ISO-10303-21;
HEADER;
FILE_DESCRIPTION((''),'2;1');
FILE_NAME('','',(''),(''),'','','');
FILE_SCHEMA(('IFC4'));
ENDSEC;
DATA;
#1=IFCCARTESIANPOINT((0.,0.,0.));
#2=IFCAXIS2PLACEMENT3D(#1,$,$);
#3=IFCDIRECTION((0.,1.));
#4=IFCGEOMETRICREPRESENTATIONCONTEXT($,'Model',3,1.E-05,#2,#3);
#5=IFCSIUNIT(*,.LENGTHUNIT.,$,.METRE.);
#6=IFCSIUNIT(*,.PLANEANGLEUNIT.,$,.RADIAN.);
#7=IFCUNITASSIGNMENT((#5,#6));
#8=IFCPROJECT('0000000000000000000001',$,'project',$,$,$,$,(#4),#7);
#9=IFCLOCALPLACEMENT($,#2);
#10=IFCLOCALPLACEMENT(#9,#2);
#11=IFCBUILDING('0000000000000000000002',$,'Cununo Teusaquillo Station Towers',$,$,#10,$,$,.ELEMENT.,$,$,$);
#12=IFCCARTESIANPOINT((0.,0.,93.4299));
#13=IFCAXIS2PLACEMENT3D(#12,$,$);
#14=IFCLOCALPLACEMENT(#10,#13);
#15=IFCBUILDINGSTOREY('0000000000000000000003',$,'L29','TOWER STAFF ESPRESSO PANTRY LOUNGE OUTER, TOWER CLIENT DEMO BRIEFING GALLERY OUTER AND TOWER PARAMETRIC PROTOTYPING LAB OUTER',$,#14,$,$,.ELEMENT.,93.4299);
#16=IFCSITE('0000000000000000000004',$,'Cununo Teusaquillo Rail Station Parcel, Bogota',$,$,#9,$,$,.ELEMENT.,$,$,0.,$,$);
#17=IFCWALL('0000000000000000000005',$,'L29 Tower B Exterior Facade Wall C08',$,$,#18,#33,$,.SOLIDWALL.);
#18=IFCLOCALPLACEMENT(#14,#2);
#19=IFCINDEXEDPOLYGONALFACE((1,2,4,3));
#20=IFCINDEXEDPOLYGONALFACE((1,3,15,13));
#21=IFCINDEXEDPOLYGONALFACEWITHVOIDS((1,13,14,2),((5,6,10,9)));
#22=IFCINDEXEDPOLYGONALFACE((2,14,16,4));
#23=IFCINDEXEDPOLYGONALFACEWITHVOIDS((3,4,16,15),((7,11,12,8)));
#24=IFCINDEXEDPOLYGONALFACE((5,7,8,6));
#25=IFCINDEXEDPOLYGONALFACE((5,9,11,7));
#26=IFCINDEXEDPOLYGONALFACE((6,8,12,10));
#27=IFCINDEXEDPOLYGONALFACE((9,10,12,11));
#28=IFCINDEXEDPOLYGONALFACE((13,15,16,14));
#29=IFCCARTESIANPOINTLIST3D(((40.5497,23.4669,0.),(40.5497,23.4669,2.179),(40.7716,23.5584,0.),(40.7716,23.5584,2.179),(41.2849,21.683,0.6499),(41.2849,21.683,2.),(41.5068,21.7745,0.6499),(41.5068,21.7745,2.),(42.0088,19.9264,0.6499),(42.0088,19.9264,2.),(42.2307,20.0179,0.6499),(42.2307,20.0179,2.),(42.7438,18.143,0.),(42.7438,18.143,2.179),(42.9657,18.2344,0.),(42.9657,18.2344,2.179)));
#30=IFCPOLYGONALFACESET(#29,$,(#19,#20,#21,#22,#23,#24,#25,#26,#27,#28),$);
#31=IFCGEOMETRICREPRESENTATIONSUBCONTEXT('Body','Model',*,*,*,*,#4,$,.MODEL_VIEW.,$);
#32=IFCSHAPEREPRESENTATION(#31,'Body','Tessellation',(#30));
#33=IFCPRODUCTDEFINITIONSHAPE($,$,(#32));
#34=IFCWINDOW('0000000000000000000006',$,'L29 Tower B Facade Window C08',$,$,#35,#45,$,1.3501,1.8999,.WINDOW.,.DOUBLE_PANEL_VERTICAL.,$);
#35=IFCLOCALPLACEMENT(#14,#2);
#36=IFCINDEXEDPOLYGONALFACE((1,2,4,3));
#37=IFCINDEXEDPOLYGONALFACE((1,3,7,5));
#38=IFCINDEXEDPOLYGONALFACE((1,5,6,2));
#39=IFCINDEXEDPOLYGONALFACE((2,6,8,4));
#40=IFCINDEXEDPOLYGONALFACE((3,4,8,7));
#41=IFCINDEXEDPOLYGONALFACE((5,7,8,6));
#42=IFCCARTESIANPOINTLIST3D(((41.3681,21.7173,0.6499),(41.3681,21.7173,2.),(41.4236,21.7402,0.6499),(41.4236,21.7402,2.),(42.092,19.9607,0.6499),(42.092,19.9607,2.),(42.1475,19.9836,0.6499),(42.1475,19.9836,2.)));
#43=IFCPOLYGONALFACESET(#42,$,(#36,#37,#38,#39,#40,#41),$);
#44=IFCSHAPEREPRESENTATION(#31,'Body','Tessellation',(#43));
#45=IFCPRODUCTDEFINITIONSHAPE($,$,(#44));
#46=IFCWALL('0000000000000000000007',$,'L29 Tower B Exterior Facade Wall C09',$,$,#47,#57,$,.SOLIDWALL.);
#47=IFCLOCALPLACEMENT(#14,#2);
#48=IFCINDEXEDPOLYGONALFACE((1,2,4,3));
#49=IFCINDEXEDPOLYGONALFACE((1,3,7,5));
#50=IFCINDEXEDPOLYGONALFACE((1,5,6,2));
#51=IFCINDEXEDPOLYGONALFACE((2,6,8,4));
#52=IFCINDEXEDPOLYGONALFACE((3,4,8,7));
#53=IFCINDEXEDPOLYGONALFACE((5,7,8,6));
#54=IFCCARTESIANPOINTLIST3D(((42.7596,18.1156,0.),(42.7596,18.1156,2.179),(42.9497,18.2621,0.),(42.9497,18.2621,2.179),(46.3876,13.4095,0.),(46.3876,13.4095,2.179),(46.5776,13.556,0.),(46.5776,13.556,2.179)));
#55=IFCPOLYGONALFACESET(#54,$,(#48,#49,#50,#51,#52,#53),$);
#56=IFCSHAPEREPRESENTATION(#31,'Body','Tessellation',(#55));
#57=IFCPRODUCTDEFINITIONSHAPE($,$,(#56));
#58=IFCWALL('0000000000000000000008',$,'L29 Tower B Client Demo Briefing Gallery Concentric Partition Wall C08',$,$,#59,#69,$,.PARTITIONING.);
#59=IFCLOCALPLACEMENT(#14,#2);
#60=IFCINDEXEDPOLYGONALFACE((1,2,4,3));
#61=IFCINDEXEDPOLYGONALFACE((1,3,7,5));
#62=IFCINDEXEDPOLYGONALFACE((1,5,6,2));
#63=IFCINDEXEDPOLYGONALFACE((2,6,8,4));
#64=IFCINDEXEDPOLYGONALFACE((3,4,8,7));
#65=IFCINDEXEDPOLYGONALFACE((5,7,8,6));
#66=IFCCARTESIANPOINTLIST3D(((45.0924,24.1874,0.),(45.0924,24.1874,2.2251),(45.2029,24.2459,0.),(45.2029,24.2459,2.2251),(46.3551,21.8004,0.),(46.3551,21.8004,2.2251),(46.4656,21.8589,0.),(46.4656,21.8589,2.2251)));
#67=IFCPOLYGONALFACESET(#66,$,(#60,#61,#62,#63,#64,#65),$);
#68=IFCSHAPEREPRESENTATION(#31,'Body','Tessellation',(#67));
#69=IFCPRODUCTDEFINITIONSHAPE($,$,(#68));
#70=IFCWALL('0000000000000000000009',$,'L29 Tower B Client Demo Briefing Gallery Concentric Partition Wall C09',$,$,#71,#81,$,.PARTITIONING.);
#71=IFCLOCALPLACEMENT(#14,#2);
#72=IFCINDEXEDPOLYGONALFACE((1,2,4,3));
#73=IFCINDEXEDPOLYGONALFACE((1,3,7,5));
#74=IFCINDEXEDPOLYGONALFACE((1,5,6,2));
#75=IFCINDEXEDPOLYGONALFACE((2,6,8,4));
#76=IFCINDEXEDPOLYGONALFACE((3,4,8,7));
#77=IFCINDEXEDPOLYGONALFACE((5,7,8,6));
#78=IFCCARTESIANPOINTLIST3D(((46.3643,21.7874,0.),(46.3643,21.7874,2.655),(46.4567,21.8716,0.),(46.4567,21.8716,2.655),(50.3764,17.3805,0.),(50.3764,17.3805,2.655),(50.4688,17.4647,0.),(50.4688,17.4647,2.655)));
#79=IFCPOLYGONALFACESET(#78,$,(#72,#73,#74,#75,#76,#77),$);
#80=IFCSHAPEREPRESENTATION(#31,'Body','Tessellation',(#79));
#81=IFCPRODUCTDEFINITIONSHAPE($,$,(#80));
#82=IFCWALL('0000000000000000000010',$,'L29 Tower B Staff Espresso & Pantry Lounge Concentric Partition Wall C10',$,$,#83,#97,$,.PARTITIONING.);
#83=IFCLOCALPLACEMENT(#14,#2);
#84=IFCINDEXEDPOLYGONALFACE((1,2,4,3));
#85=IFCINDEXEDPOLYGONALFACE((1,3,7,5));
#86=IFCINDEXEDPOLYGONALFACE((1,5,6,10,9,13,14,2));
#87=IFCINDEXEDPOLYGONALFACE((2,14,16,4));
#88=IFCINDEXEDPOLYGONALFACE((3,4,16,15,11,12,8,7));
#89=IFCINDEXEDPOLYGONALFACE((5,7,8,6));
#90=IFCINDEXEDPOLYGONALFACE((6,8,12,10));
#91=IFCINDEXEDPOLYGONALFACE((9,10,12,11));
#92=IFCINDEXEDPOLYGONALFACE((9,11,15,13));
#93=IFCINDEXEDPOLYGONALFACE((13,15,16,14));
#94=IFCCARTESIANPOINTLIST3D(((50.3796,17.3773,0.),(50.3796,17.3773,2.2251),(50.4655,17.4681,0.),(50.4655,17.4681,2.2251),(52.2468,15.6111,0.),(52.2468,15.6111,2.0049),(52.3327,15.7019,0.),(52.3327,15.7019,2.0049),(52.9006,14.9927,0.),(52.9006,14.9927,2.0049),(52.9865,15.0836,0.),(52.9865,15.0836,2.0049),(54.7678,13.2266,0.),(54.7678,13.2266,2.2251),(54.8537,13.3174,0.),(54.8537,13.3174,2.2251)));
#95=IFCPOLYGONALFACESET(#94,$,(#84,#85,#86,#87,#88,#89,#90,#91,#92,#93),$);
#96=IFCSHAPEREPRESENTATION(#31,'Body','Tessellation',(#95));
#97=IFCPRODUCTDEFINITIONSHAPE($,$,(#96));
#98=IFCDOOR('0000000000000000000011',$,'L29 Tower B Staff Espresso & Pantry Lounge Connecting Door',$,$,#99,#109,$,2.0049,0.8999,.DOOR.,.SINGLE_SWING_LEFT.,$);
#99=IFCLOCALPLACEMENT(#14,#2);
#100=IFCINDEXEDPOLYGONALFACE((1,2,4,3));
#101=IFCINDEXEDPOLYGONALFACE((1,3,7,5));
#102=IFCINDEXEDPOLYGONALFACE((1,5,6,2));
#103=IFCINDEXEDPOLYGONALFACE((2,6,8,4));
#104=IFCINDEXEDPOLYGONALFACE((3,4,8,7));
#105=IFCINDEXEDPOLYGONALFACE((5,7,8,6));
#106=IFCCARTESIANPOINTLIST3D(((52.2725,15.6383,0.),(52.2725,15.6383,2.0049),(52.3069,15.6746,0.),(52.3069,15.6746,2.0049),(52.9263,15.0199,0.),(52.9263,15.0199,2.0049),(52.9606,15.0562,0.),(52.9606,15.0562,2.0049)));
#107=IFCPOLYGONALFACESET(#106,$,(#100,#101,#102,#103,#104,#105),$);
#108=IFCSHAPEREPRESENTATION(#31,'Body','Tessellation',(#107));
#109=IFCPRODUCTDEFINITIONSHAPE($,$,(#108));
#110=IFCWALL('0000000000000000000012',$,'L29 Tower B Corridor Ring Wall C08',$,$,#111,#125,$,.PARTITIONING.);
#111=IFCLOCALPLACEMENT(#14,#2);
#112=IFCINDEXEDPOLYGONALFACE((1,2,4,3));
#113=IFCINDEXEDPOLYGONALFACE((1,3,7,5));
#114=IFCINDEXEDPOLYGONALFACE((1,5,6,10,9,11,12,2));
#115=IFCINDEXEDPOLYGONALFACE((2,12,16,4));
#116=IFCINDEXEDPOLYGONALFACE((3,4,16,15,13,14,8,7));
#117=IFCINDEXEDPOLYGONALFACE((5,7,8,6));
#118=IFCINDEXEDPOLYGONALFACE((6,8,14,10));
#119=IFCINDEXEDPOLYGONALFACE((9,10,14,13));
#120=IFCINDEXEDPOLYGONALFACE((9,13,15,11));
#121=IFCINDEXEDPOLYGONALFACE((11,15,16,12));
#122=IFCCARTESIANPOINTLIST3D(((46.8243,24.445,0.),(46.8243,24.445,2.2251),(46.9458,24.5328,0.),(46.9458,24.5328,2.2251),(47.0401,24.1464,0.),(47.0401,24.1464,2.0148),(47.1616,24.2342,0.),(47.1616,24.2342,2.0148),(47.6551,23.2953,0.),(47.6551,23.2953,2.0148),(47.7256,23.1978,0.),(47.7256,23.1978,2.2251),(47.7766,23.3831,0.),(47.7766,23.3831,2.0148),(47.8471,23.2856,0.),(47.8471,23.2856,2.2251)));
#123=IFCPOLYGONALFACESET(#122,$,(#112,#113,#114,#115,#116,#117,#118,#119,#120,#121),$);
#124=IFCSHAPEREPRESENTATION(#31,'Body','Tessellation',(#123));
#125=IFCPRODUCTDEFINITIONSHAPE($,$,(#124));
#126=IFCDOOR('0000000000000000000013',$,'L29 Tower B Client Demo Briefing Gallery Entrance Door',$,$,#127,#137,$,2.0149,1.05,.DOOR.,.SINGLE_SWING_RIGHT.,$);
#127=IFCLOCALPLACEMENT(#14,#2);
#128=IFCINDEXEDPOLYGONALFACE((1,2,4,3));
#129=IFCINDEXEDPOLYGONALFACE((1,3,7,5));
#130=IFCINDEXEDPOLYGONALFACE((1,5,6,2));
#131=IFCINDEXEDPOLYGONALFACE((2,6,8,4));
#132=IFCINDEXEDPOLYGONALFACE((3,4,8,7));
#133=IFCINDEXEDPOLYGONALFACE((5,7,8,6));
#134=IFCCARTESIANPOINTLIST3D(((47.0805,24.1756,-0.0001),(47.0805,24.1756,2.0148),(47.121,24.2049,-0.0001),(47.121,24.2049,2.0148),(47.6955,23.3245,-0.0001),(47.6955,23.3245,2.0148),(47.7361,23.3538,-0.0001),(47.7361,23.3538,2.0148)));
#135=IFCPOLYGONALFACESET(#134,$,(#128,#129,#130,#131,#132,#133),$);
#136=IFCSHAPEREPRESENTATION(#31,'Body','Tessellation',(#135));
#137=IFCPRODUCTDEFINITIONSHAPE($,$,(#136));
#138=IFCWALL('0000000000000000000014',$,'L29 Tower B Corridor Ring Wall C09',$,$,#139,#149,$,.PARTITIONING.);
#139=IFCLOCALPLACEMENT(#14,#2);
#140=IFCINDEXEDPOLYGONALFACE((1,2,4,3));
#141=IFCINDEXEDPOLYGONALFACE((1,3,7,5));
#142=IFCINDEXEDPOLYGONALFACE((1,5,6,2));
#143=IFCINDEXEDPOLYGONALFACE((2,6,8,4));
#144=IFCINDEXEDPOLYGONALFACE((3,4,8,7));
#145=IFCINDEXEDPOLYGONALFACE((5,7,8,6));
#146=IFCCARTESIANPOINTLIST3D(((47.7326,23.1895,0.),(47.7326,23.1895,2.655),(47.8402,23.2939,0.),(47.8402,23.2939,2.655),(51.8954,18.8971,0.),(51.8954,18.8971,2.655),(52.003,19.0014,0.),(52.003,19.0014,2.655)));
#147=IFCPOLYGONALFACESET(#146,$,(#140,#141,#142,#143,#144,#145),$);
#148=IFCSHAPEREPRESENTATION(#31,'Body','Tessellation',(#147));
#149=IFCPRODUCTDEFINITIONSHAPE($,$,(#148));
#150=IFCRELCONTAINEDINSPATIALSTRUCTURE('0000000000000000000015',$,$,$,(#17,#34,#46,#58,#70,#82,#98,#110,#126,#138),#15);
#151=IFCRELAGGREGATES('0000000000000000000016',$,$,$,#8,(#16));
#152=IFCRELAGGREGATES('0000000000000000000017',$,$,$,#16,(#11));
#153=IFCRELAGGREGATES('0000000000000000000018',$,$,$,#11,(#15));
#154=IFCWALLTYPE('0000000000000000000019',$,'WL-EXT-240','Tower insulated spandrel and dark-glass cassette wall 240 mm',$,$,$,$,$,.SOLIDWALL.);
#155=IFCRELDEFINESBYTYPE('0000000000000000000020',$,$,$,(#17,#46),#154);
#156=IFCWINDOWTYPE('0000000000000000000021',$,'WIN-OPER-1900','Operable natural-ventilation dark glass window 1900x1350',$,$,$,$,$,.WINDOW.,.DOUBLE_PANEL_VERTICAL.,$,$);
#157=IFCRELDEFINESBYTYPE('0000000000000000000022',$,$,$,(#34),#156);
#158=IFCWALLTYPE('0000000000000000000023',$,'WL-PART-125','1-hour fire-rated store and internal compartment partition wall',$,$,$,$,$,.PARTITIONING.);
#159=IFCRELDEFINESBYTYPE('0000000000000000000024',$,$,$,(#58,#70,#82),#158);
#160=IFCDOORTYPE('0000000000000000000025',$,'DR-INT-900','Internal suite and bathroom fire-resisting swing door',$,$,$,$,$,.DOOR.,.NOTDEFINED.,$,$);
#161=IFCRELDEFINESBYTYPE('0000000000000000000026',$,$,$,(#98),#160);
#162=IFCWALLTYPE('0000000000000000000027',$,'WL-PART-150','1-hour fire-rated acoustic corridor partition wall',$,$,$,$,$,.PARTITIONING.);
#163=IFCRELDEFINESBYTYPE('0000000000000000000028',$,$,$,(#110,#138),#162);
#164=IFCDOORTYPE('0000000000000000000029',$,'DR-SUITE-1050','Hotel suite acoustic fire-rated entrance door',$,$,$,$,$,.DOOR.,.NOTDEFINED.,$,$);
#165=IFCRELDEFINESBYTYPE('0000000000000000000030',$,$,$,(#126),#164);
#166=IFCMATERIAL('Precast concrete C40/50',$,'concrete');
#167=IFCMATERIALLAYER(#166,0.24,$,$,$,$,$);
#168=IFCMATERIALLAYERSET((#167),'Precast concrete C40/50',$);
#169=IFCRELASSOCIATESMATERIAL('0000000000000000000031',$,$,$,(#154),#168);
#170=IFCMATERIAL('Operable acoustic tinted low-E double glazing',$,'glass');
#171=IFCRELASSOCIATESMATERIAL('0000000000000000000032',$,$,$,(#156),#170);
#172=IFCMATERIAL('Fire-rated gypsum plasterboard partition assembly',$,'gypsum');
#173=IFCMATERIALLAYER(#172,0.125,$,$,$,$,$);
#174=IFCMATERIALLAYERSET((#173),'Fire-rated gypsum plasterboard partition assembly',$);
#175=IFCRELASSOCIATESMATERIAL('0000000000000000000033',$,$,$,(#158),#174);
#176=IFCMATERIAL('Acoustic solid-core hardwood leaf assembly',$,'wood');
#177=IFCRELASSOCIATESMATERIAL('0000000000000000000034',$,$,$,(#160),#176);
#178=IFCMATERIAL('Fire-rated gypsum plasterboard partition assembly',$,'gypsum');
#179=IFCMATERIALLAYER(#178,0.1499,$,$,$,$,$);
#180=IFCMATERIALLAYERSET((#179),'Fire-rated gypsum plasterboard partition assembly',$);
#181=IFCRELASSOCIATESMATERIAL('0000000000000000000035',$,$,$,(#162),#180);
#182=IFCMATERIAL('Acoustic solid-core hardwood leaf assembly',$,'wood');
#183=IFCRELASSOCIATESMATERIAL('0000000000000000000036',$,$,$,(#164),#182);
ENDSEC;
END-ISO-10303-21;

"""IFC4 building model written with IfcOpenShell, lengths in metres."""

from ifc_helpers import new_model, si_unit, direction, frame, frame_2d, origin, place, context, subcontext, project, spatial, rectangle, extrude, source, transform, mapped, material, layer, layer_set, type_object, element, fill, save


model = new_model("IFC4")

# Units and contexts
model_context = context("Model", 3, precision=1e-05, world=origin(), true_north=direction((0.0, 1.0)))
body_context = subcontext(model_context, "Body", "Model", "MODEL_VIEW")
ifc_project = project(units=[si_unit("LENGTHUNIT", "METRE"), si_unit("PLANEANGLEUNIT", "RADIAN")], contexts=[model_context])

# Site, building, storey
site_placement = place(None, origin())
site = spatial("IfcSite", under=ifc_project, at=site_placement, Name="Cununo Teusaquillo Rail Station Parcel, Bogota", CompositionType="ELEMENT", RefElevation=0.0)
building_placement = place(site_placement, origin())
building = spatial("IfcBuilding", under=site, at=building_placement, Name="Cununo Teusaquillo Station Towers", CompositionType="ELEMENT")
storey_placement = place(building_placement, frame((0.0, 0.0, 93.4299)))
storey = spatial("IfcBuildingStorey", under=building, at=storey_placement, Name="L29", Description="TOWER STAFF ESPRESSO PANTRY LOUNGE OUTER, TOWER CLIENT DEMO BRIEFING GALLERY OUTER AND TOWER PARAMETRIC PROTOTYPING LAB OUTER", CompositionType="ELEMENT", Elevation=93.4299)

# Shared definitions
ifc_material_1 = material(Name="Precast concrete C40/50", Category="concrete")
ifc_layer_1 = layer(ifc_material_1, 0.24)
ifc_layer_set_1 = layer_set([ifc_layer_1], Name="Precast concrete C40/50")
wall_type_1 = type_object("IfcWallType", Name="WL-EXT-240", Description="Tower insulated spandrel and dark-glass cassette wall 240 mm", PredefinedType="SOLIDWALL", material=ifc_layer_set_1)

# Wall, opening, window
wall_1_placement = place(storey_placement, frame((42.8547, 18.1887, 0.0), z_axis=(0.0, 0.0, 1.0), x_axis=(-0.381027, 0.924564, 0.0)))
wall_1 = element("IfcWall", 1, at=wall_1_placement, inside=storey, type_object=wall_type_1, Name="L29 Tower B Exterior Facade Wall C08", PredefinedType="SOLIDWALL", context=body_context, shape_type="SweptSolid", body=[
    extrude(rectangle(XDim=5.7583, YDim=0.24, at=frame_2d((2.8792, 0.0))), origin(), (0.0, 0.0, 1.0), 2.179),
])
shared_shape_1 = source(origin(), body_context, "Body", "SweptSolid", [
    extrude(rectangle(XDim=1.8999, YDim=1.3501, at=frame_2d((0.95, 0.675))), frame((0.0, 0.1299, 0.0), z_axis=(0.0, -1.0, 0.0), x_axis=(1.0, 0.0, 0.0)), (0.0, 0.0, 1.0), 0.26),
])
opening_1_placement = place(wall_1_placement, frame((1.929, 0.0, 0.6499)))
opening_1 = element("IfcOpeningElement", 2, at=opening_1_placement, cuts=wall_1, PredefinedType="OPENING", context=body_context, shape_type="MappedRepresentation", body=[
    mapped(shared_shape_1, transform((0.0, 0.0, 0.0), x_axis=(1.0, 0.0, 0.0), y_axis=(0.0, 1.0, 0.0), z_axis=(0.0, 0.0, 1.0), scale=1.0)),
])
ifc_material_2 = material(Name="Operable acoustic tinted low-E double glazing", Category="glass")
window_type_1 = type_object("IfcWindowType", Name="WIN-OPER-1900", Description="Operable natural-ventilation dark glass window 1900x1350", PartitioningType="DOUBLE_PANEL_VERTICAL", PredefinedType="WINDOW", material=ifc_material_2)
shared_shape_2 = source(origin(), body_context, "Body", "SweptSolid", [
    extrude(rectangle(XDim=1.8999, YDim=1.3501, at=frame_2d((0.95, 0.675))), frame((0.0, 0.03, 0.0), z_axis=(0.0, -1.0, 0.0), x_axis=(1.0, 0.0, 0.0)), (0.0, 0.0, 1.0), 0.0601),
])
window_1_placement = place(opening_1_placement, origin())
window_1 = element("IfcWindow", 3, at=window_1_placement, inside=storey, type_object=window_type_1, Name="L29 Tower B Facade Window C08", OverallHeight=1.3501, OverallWidth=1.8999, PartitioningType="DOUBLE_PANEL_VERTICAL", PredefinedType="WINDOW", context=body_context, shape_type="MappedRepresentation", body=[
    mapped(shared_shape_2, transform((0.0, 0.0, 0.0), x_axis=(1.0, 0.0, 0.0), y_axis=(0.0, 1.0, 0.0), z_axis=(0.0, 0.0, 1.0), scale=1.0)),
])
fill(opening_1, window_1)

# Walls
wall_2_placement = place(storey_placement, frame((46.4827, 13.4827, 0.0), z_axis=(0.0, 0.0, 1.0), x_axis=(-0.610544, 0.791982, 0.0)))
element("IfcWall", 4, at=wall_2_placement, inside=storey, type_object=wall_type_1, Name="L29 Tower B Exterior Facade Wall C09", PredefinedType="SOLIDWALL", context=body_context, shape_type="SweptSolid", body=[
    extrude(rectangle(XDim=5.9421, YDim=0.24, at=frame_2d((2.9712, 0.0))), origin(), (0.0, 0.0, 1.0), 2.179),
])
ifc_material_3 = material(Name="Fire-rated gypsum plasterboard partition assembly", Category="gypsum")
ifc_layer_2 = layer(ifc_material_3, 0.125)
ifc_layer_set_2 = layer_set([ifc_layer_2], Name="Fire-rated gypsum plasterboard partition assembly")
wall_type_2 = type_object("IfcWallType", Name="WL-PART-125", Description="1-hour fire-rated store and internal compartment partition wall", PredefinedType="PARTITIONING", material=ifc_layer_set_2)
wall_3_placement = place(storey_placement, frame((45.1477, 24.2166, 0.0), z_axis=(0.0, 0.0, 1.0), x_axis=(0.467601, -0.88394, 0.0)))
element("IfcWall", 5, at=wall_3_placement, inside=storey, type_object=wall_type_2, Name="L29 Tower B Client Demo Briefing Gallery Concentric Partition Wall C08", PredefinedType="PARTITIONING", context=body_context, shape_type="SweptSolid", body=[
    extrude(rectangle(XDim=2.7004, YDim=0.125, at=frame_2d((1.3501, 0.0))), origin(), (0.0, 0.0, 1.0), 2.2251),
])
wall_4_placement = place(storey_placement, frame((46.4104, 21.8296, 0.0), z_axis=(0.0, 0.0, 1.0), x_axis=(0.673211, -0.739451, 0.0)))
element("IfcWall", 6, at=wall_4_placement, inside=storey, type_object=wall_type_2, Name="L29 Tower B Client Demo Briefing Gallery Concentric Partition Wall C09", PredefinedType="PARTITIONING", context=body_context, shape_type="SweptSolid", body=[
    extrude(rectangle(XDim=5.9597, YDim=0.125, at=frame_2d((2.98, 0.0))), origin(), (0.0, 0.0, 1.0), 2.655),
])

# Walls, openings, doors
wall_5_placement = place(storey_placement, frame((50.4226, 17.4226, 0.0), z_axis=(0.0, 0.0, 1.0), x_axis=(0.726497, -0.687169, 0.0)))
wall_5 = element("IfcWall", 7, at=wall_5_placement, inside=storey, type_object=wall_type_2, Name="L29 Tower B Staff Espresso & Pantry Lounge Concentric Partition Wall C10", PredefinedType="PARTITIONING", context=body_context, shape_type="SweptSolid", body=[
    extrude(rectangle(XDim=6.0403, YDim=0.125, at=frame_2d((3.02, 0.0))), origin(), (0.0, 0.0, 1.0), 2.2251),
])
shared_shape_3 = source(origin(), body_context, "Body", "SweptSolid", [
    extrude(rectangle(XDim=0.8999, YDim=2.0049, at=frame_2d((0.45, 1.0024))), frame((0.0, 0.0725, 0.0), z_axis=(0.0, -1.0, 0.0), x_axis=(1.0, 0.0, 0.0)), (0.0, 0.0, 1.0), 0.145),
])
opening_2_placement = place(wall_5_placement, frame((2.5701, 0.0, 0.0)))
opening_2 = element("IfcOpeningElement", 8, at=opening_2_placement, cuts=wall_5, PredefinedType="OPENING", context=body_context, shape_type="MappedRepresentation", body=[
    mapped(shared_shape_3, transform((0.0, 0.0, 0.0), x_axis=(1.0, 0.0, 0.0), y_axis=(0.0, 1.0, 0.0), z_axis=(0.0, 0.0, 1.0), scale=1.0)),
])
ifc_material_4 = material(Name="Acoustic solid-core hardwood leaf assembly", Category="wood")
door_type_1 = type_object("IfcDoorType", Name="DR-INT-900", Description="Internal suite and bathroom fire-resisting swing door", OperationType="NOTDEFINED", PredefinedType="DOOR", material=ifc_material_4)
shared_shape_4 = source(origin(), body_context, "Body", "SweptSolid", [
    extrude(rectangle(XDim=0.8999, YDim=2.0049, at=frame_2d((0.45, 1.0024))), frame((0.0, 0.0249, 0.0), z_axis=(0.0, -1.0, 0.0), x_axis=(1.0, 0.0, 0.0)), (0.0, 0.0, 1.0), 0.05),
])
door_1_placement = place(opening_2_placement, origin())
door_1 = element("IfcDoor", 9, at=door_1_placement, inside=storey, type_object=door_type_1, Name="L29 Tower B Staff Espresso & Pantry Lounge Connecting Door", OperationType="SINGLE_SWING_LEFT", OverallHeight=2.0049, OverallWidth=0.8999, PredefinedType="DOOR", context=body_context, shape_type="MappedRepresentation", body=[
    mapped(shared_shape_4, transform((0.0, 0.0, 0.0), x_axis=(1.0, 0.0, 0.0), y_axis=(0.0, 1.0, 0.0), z_axis=(0.0, 0.0, 1.0), scale=1.0)),
])
fill(opening_2, door_1)
ifc_material_5 = material(Name="Fire-rated gypsum plasterboard partition assembly", Category="gypsum")
ifc_layer_3 = layer(ifc_material_5, 0.1499)
ifc_layer_set_3 = layer_set([ifc_layer_3], Name="Fire-rated gypsum plasterboard partition assembly")
wall_type_3 = type_object("IfcWallType", Name="WL-PART-150", Description="1-hour fire-rated acoustic corridor partition wall", PredefinedType="PARTITIONING", material=ifc_layer_set_3)
wall_6_placement = place(storey_placement, frame((46.885, 24.489, 0.0), z_axis=(0.0, 0.0, 1.0), x_axis=(0.585716, -0.810516, 0.0)))
wall_6 = element("IfcWall", 10, at=wall_6_placement, inside=storey, type_object=wall_type_3, Name="L29 Tower B Corridor Ring Wall C08", PredefinedType="PARTITIONING", context=body_context, shape_type="SweptSolid", body=[
    extrude(rectangle(XDim=1.5388, YDim=0.1499, at=frame_2d((0.7695, 0.0))), origin(), (0.0, 0.0, 1.0), 2.2251),
])
shared_shape_5 = source(origin(), body_context, "Body", "SweptSolid", [
    extrude(rectangle(XDim=1.05, YDim=2.0149, at=frame_2d((0.5249, 1.0073))), frame((0.0, 0.085, 0.0), z_axis=(0.0, -1.0, 0.0), x_axis=(1.0, 0.0, 0.0)), (0.0, 0.0, 1.0), 0.1699),
])
opening_3_placement = place(wall_6_placement, frame((0.3687, 0.0, 0.0)))
opening_3 = element("IfcOpeningElement", 11, at=opening_3_placement, cuts=wall_6, PredefinedType="OPENING", context=body_context, shape_type="MappedRepresentation", body=[
    mapped(shared_shape_5, transform((0.0, 0.0, 0.0), x_axis=(1.0, 0.0, 0.0), y_axis=(0.0, 1.0, 0.0), z_axis=(0.0, 0.0, 1.0), scale=1.0)),
])
ifc_material_6 = material(Name="Acoustic solid-core hardwood leaf assembly", Category="wood")
door_type_2 = type_object("IfcDoorType", Name="DR-SUITE-1050", Description="Hotel suite acoustic fire-rated entrance door", OperationType="NOTDEFINED", PredefinedType="DOOR", material=ifc_material_6)
shared_shape_6 = source(origin(), body_context, "Body", "SweptSolid", [
    extrude(rectangle(XDim=1.05, YDim=2.0149, at=frame_2d((0.5249, 1.0073))), frame((0.0, 0.0249, 0.0), z_axis=(0.0, -1.0, 0.0), x_axis=(1.0, 0.0, 0.0)), (0.0, 0.0, 1.0), 0.05),
])
door_2_placement = place(opening_3_placement, origin())
door_2 = element("IfcDoor", 12, at=door_2_placement, inside=storey, type_object=door_type_2, Name="L29 Tower B Client Demo Briefing Gallery Entrance Door", OperationType="SINGLE_SWING_RIGHT", OverallHeight=2.0149, OverallWidth=1.05, PredefinedType="DOOR", context=body_context, shape_type="MappedRepresentation", body=[
    mapped(shared_shape_6, transform((0.0, 0.0, 0.0), x_axis=(1.0, 0.0, 0.0), y_axis=(0.0, 1.0, 0.0), z_axis=(0.0, 0.0, 1.0), scale=1.0)),
])
fill(opening_3, door_2)

# Wall
wall_7_placement = place(storey_placement, frame((47.7864, 23.2417, 0.0), z_axis=(0.0, 0.0, 1.0), x_axis=(0.696183, -0.717864, 0.0)))
element("IfcWall", 13, at=wall_7_placement, inside=storey, type_object=wall_type_3, Name="L29 Tower B Corridor Ring Wall C09", PredefinedType="PARTITIONING", context=body_context, shape_type="SweptSolid", body=[
    extrude(rectangle(XDim=5.9795, YDim=0.1499, at=frame_2d((2.9897, 0.0))), origin(), (0.0, 0.0, 1.0), 2.655),
])

save(model, "model.ifc")
